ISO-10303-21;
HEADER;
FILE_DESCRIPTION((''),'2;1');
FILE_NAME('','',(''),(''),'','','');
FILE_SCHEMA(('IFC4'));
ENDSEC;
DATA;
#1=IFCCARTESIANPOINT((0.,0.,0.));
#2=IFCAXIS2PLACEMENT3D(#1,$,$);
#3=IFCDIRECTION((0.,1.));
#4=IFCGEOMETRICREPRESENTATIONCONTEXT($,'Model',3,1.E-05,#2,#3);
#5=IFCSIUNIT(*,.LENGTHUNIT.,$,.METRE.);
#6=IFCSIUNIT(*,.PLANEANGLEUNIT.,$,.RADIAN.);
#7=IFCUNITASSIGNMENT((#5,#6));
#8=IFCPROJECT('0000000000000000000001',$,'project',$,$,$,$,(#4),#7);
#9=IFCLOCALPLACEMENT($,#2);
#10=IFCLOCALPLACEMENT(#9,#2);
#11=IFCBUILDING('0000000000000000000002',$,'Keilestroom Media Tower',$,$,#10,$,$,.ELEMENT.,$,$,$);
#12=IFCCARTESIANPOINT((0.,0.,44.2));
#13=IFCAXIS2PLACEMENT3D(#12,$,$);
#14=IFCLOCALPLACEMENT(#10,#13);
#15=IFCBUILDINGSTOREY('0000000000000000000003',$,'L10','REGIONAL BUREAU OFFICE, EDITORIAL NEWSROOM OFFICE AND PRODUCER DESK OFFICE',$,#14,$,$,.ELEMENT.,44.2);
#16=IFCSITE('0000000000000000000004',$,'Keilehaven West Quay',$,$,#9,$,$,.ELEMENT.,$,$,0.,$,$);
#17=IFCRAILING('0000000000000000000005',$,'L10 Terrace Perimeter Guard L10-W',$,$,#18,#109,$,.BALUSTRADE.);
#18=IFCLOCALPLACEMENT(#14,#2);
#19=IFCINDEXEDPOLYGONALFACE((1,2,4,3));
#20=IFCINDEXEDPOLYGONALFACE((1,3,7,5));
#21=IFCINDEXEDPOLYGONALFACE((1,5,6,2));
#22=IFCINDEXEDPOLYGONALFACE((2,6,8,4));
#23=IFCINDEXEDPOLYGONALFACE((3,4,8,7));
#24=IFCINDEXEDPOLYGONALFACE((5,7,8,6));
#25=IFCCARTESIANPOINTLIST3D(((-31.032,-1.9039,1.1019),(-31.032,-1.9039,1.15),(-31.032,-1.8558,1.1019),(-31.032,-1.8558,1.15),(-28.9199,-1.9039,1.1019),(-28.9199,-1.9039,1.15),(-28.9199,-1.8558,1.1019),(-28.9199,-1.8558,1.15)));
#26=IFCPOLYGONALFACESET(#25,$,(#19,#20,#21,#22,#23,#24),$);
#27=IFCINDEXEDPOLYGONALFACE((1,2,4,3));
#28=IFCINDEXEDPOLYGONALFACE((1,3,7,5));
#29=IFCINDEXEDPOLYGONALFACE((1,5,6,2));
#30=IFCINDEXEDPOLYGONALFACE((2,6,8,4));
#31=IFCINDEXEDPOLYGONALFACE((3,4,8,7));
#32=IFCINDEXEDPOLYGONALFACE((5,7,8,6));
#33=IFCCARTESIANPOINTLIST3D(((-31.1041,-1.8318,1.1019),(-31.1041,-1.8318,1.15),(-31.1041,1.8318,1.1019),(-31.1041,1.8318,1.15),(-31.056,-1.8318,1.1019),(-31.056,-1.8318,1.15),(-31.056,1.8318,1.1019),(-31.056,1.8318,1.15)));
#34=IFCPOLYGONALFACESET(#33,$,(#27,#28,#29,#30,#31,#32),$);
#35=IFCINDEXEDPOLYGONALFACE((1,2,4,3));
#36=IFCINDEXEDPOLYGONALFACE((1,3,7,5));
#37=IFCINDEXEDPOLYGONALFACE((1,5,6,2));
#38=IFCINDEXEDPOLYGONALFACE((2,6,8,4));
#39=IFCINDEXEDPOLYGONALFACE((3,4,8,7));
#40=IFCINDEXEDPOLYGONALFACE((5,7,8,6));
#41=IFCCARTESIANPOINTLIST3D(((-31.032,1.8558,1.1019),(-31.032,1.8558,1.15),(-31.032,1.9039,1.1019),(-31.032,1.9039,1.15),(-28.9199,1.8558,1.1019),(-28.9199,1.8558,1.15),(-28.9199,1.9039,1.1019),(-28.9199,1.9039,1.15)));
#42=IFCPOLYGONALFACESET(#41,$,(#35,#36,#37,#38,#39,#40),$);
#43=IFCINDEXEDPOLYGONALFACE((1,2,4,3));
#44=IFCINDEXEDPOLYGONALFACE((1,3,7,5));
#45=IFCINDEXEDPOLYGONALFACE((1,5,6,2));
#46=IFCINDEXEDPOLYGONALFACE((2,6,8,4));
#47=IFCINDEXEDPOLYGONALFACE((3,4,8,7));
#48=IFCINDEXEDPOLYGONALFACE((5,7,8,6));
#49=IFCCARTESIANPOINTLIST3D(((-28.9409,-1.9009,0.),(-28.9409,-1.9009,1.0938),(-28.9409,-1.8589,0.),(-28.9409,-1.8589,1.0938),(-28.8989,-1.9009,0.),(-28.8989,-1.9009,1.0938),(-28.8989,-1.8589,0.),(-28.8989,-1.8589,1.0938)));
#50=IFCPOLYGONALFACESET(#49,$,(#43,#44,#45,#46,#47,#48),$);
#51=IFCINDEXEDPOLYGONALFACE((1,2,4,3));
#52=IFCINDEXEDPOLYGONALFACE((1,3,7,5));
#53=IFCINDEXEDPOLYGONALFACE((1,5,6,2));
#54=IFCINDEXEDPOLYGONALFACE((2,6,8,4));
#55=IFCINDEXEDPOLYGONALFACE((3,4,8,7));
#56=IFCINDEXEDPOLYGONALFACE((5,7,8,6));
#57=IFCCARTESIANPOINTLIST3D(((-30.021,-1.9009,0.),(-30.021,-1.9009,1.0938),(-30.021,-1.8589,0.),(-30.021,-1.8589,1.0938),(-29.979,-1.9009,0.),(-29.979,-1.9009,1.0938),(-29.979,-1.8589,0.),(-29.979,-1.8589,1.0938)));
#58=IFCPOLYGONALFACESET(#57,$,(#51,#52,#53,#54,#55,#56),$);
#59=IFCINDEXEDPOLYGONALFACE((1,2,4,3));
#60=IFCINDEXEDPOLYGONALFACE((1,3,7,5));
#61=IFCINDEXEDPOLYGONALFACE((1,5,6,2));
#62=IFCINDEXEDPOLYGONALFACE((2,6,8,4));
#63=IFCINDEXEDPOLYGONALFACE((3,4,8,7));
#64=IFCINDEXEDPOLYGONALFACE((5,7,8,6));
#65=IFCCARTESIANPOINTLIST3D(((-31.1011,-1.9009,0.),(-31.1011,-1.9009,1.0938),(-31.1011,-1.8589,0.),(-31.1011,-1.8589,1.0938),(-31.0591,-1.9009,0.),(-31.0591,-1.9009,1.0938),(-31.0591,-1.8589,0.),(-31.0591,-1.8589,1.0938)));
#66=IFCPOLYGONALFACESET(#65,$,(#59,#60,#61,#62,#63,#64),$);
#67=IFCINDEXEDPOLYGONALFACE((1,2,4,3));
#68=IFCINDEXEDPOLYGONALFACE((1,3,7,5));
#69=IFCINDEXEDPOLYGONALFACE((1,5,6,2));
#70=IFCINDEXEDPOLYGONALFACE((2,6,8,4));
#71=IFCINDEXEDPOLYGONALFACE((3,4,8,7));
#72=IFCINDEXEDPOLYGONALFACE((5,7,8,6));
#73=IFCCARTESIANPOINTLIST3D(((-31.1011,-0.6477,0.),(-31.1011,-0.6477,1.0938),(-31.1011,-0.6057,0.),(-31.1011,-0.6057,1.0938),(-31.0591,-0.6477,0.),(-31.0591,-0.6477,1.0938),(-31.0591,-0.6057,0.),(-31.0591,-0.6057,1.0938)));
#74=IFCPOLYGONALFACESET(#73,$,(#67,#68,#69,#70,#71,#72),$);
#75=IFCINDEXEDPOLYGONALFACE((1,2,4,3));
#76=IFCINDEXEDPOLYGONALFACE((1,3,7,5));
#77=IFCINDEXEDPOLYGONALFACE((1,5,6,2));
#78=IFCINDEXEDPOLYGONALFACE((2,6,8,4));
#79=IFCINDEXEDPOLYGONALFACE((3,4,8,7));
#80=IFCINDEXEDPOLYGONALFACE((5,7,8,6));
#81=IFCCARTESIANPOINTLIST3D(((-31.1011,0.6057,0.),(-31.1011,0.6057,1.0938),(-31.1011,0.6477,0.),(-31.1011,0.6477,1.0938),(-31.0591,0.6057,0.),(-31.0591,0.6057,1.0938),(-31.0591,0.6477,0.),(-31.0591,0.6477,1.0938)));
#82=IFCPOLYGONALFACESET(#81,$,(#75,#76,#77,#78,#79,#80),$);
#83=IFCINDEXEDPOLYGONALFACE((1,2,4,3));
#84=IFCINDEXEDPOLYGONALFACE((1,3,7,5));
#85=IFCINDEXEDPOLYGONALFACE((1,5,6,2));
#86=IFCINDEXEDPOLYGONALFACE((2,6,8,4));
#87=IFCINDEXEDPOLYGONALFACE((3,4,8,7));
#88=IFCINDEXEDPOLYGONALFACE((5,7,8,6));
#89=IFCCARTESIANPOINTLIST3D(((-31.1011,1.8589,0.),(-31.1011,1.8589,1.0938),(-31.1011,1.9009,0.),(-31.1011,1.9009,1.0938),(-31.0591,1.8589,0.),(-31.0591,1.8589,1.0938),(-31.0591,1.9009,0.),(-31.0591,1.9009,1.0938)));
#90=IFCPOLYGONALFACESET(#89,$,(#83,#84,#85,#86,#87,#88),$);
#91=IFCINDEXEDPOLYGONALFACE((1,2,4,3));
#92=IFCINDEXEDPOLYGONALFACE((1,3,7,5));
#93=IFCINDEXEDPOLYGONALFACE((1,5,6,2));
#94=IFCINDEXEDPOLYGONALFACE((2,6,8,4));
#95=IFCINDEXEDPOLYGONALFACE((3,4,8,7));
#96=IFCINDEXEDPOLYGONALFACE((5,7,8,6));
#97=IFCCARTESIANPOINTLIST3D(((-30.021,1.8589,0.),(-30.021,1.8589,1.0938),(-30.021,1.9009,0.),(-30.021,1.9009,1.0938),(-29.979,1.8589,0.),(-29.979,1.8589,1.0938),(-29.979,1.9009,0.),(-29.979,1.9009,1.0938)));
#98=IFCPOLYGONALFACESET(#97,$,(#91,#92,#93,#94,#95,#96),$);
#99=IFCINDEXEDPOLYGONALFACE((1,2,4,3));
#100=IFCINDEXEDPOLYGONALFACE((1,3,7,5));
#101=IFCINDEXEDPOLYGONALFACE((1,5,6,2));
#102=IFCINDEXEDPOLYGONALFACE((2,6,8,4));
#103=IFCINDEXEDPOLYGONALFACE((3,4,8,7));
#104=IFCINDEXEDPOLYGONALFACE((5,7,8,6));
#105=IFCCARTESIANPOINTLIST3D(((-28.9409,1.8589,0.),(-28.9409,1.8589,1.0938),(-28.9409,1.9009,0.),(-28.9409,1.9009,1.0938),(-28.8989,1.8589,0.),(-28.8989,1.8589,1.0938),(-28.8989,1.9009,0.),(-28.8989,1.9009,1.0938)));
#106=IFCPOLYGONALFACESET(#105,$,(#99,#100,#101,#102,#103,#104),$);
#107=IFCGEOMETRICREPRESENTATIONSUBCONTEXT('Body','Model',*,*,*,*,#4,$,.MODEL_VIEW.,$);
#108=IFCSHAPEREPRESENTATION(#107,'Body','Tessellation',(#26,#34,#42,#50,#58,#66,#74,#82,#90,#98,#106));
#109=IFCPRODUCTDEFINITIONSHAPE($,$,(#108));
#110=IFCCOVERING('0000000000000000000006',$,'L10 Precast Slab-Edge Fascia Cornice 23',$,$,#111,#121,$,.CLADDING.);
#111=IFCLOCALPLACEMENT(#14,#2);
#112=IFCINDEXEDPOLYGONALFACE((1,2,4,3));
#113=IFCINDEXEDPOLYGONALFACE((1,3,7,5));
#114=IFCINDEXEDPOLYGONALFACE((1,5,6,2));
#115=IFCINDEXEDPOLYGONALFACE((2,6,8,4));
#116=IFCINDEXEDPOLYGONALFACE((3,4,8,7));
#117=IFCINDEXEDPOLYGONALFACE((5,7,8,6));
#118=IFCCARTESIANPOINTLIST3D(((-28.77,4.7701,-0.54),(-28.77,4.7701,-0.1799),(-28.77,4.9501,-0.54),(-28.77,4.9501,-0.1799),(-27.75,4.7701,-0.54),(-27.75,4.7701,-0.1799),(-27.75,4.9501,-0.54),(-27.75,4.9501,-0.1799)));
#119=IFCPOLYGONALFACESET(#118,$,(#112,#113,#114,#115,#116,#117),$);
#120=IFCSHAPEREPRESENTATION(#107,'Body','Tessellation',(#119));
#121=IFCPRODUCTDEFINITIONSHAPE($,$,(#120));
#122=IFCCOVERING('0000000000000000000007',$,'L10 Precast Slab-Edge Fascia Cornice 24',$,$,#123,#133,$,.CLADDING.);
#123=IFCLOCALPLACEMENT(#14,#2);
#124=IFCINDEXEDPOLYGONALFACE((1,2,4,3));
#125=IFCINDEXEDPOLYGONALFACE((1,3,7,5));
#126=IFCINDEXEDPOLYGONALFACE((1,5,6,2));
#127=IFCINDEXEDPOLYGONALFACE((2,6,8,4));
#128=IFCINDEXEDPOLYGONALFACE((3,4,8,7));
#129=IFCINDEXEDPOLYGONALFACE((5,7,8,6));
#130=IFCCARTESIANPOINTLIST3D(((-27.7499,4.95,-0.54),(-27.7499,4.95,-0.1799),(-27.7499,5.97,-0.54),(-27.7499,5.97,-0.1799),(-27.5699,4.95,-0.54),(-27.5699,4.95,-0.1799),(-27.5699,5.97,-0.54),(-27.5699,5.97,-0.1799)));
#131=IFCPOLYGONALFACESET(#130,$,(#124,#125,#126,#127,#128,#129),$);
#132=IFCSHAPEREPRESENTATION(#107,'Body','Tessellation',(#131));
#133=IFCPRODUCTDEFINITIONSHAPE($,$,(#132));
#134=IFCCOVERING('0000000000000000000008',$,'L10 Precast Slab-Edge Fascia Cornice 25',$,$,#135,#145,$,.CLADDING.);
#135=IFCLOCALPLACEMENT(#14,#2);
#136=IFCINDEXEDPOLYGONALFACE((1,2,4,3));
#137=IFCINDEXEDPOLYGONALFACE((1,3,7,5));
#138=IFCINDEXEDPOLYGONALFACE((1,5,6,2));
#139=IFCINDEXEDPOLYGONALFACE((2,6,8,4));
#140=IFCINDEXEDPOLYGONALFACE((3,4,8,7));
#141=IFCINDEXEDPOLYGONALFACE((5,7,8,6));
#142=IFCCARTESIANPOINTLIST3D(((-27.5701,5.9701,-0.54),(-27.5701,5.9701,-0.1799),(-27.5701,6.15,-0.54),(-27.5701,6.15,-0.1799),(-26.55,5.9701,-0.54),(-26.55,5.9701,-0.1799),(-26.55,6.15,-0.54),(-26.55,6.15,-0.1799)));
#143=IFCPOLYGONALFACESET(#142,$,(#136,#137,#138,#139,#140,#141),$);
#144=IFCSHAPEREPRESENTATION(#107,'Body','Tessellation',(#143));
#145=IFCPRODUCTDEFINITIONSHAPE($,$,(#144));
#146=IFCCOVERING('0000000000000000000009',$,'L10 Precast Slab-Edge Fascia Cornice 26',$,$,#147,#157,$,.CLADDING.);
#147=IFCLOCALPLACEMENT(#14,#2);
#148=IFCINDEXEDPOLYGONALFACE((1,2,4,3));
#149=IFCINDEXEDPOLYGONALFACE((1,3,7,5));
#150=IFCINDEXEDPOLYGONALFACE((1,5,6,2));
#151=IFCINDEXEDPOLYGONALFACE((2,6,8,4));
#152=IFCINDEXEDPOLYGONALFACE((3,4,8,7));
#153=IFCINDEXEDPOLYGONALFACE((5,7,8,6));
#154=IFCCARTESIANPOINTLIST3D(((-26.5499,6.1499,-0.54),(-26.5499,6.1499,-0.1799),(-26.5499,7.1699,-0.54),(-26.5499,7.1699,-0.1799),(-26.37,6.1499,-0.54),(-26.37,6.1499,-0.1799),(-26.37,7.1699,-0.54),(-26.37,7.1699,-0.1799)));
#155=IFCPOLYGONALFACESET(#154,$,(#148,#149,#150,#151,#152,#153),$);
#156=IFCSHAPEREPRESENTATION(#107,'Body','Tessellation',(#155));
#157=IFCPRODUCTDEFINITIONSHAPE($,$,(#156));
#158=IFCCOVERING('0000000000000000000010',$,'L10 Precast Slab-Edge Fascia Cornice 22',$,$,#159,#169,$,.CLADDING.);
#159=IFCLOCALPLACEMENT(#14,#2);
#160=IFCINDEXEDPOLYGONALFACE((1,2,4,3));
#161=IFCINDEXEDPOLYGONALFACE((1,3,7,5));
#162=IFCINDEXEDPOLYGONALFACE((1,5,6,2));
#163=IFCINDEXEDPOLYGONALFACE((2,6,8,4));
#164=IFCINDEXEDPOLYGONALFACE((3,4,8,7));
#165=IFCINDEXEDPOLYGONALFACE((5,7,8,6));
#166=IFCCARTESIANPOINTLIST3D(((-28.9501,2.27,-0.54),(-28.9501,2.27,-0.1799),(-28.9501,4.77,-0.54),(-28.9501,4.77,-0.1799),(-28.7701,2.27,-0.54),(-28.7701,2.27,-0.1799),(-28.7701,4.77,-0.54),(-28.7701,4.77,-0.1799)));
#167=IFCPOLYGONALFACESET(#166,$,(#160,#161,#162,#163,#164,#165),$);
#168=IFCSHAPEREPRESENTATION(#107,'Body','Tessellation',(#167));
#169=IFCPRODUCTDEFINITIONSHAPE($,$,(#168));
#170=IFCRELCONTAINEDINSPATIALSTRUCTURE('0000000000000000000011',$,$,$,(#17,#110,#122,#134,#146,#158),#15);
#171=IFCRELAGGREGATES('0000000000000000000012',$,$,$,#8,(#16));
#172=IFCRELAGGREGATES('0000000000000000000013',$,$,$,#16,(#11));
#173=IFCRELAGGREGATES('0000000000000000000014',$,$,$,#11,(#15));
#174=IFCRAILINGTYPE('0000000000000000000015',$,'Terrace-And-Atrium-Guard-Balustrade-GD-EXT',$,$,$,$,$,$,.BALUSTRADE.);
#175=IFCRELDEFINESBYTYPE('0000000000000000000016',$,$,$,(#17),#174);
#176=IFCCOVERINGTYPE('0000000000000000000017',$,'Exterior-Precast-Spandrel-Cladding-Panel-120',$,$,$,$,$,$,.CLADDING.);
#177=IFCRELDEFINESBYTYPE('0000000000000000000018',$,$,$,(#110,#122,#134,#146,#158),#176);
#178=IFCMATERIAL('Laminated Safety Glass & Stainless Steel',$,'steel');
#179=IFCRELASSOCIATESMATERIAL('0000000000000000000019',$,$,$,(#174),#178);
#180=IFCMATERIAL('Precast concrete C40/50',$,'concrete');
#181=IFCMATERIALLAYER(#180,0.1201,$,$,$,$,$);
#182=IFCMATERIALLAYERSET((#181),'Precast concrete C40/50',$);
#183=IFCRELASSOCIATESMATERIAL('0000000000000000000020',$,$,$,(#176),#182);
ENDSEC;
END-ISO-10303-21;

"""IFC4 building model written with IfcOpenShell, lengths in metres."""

from ifc_helpers import new_model, si_unit, direction, frame, origin, origin_2d, place, context, subcontext, project, spatial, rectangle, extrude, source, transform, mapped, material, layer, layer_set, type_object, element, save


model = new_model("IFC4")

# Units and contexts
model_context = context("Model", 3, precision=1e-05, world=origin(), true_north=direction((0.0, 1.0)))
body_context = subcontext(model_context, "Body", "Model", "MODEL_VIEW")
ifc_project = project(units=[si_unit("LENGTHUNIT", "METRE"), si_unit("PLANEANGLEUNIT", "RADIAN")], contexts=[model_context])

# Site, building, storey
site_placement = place(None, origin())
site = spatial("IfcSite", under=ifc_project, at=site_placement, Name="Keilehaven West Quay", CompositionType="ELEMENT", RefElevation=0.0)
building_placement = place(site_placement, origin())
building = spatial("IfcBuilding", under=site, at=building_placement, Name="Keilestroom Media Tower", CompositionType="ELEMENT")
storey_placement = place(building_placement, frame((0.0, 0.0, 44.2)))
storey = spatial("IfcBuildingStorey", under=building, at=storey_placement, Name="L10", Description="REGIONAL BUREAU OFFICE, EDITORIAL NEWSROOM OFFICE AND PRODUCER DESK OFFICE", CompositionType="ELEMENT", Elevation=44.2)

# Shared definitions
ifc_material_1 = material(Name="Precast concrete C40/50", Category="concrete")

# Railing
ifc_material_2 = material(Name="Laminated Safety Glass & Stainless Steel", Category="steel")
railing_type = type_object("IfcRailingType", Name="Terrace-And-Atrium-Guard-Balustrade-GD-EXT", PredefinedType="BALUSTRADE", material=ifc_material_2)
railing_placement = place(storey_placement, frame((-28.9199, -1.8799, 0.0)))
element("IfcRailing", 1, at=railing_placement, inside=storey, type_object=railing_type, Name="L10 Terrace Perimeter Guard L10-W", PredefinedType="BALUSTRADE", context=body_context, shape_type="SweptSolid", body=[
    extrude(rectangle(XDim=0.0481, YDim=0.0481, at=origin_2d()), frame((0.0, 0.0, 1.126), z_axis=(-1.0, 0.0, 0.0), x_axis=(0.0, -1.0, 0.0)), (0.0, 0.0, 1.0), 2.1121),
    extrude(rectangle(XDim=0.0481, YDim=0.0481, at=origin_2d()), frame((-2.1602, 0.0481, 1.126), z_axis=(0.0, 1.0, 0.0), x_axis=(-1.0, 0.0, 0.0)), (0.0, 0.0, 1.0), 3.6636),
    extrude(rectangle(XDim=0.0481, YDim=0.0481, at=origin_2d()), frame((-2.1121, 3.7598, 1.126), z_axis=(1.0, 0.0, 0.0), x_axis=(0.0, 1.0, 0.0)), (0.0, 0.0, 1.0), 2.1121),
    extrude(rectangle(XDim=0.042, YDim=0.042, at=origin_2d()), origin(), (0.0, 0.0, 1.0), 1.0938),
    extrude(rectangle(XDim=0.042, YDim=0.042, at=origin_2d()), frame((-1.0801, 0.0, 0.0)), (0.0, 0.0, 1.0), 1.0938),
    extrude(rectangle(XDim=0.042, YDim=0.042, at=origin_2d()), frame((-2.1602, 0.0, 0.0)), (0.0, 0.0, 1.0), 1.0938),
    extrude(rectangle(XDim=0.042, YDim=0.042, at=origin_2d()), frame((-2.1602, 1.2532, 0.0)), (0.0, 0.0, 1.0), 1.0938),
    extrude(rectangle(XDim=0.042, YDim=0.042, at=origin_2d()), frame((-2.1602, 2.5066, 0.0)), (0.0, 0.0, 1.0), 1.0938),
    extrude(rectangle(XDim=0.042, YDim=0.042, at=origin_2d()), frame((-2.1602, 3.7598, 0.0)), (0.0, 0.0, 1.0), 1.0938),
    extrude(rectangle(XDim=0.042, YDim=0.042, at=origin_2d()), frame((-1.0801, 3.7598, 0.0)), (0.0, 0.0, 1.0), 1.0938),
    extrude(rectangle(XDim=0.042, YDim=0.042, at=origin_2d()), frame((0.0, 3.7598, 0.0)), (0.0, 0.0, 1.0), 1.0938),
])

# Coverings
ifc_layer_1 = layer(ifc_material_1, 0.1201)
ifc_layer_set_1 = layer_set([ifc_layer_1], Name="Precast concrete C40/50")
covering_type = type_object("IfcCoveringType", Name="Exterior-Precast-Spandrel-Cladding-Panel-120", PredefinedType="CLADDING", material=ifc_layer_set_1)
shared_shape_1 = source(origin(), body_context, "Body", "SweptSolid", [
    extrude(rectangle(XDim=1.02, YDim=0.1799, at=origin_2d()), origin(), (0.0, 0.0, 1.0), 0.3601),
])
for number, where, z_axis, x_axis, name in (
    (2, (-28.26, 4.8601, -0.54), (0.0, 0.0, 1.0), (1.0, 0.0, 0.0), "L10 Precast Slab-Edge Fascia Cornice 23"),
    (3, (-27.6599, 5.46, -0.54), (0.0, 0.0, 1.0), (0.0, 1.0, 0.0), "L10 Precast Slab-Edge Fascia Cornice 24"),
    (4, (-27.0601, 6.0601, -0.54), (0.0, 0.0, 1.0), (1.0, 0.0, 0.0), "L10 Precast Slab-Edge Fascia Cornice 25"),
    (5, (-26.46, 6.6599, -0.54), (0.0, 0.0, 1.0), (0.0, 1.0, 0.0), "L10 Precast Slab-Edge Fascia Cornice 26"),
):
    element("IfcCovering", number, at=place(storey_placement, frame(where, z_axis=z_axis, x_axis=x_axis)), inside=storey, type_object=covering_type, Name=name, PredefinedType="CLADDING", context=body_context, shape_type="MappedRepresentation", body=[
        mapped(shared_shape_1, transform((0.0, 0.0, 0.0), x_axis=(1.0, 0.0, 0.0), y_axis=(0.0, 1.0, 0.0), z_axis=(0.0, 0.0, 1.0), scale=1.0)),
    ])
shared_shape_2 = source(origin(), body_context, "Body", "SweptSolid", [
    extrude(rectangle(XDim=2.5, YDim=0.1799, at=origin_2d()), origin(), (0.0, 0.0, 1.0), 0.3601),
])
covering_placement = place(storey_placement, frame((-28.8601, 3.52, -0.54), z_axis=(0.0, 0.0, 1.0), x_axis=(0.0, 1.0, 0.0)))
element("IfcCovering", 6, at=covering_placement, inside=storey, type_object=covering_type, Name="L10 Precast Slab-Edge Fascia Cornice 22", PredefinedType="CLADDING", context=body_context, shape_type="MappedRepresentation", body=[
    mapped(shared_shape_2, transform((0.0, 0.0, 0.0), x_axis=(1.0, 0.0, 0.0), y_axis=(0.0, 1.0, 0.0), z_axis=(0.0, 0.0, 1.0), scale=1.0)),
])

save(model, "model.ifc")
